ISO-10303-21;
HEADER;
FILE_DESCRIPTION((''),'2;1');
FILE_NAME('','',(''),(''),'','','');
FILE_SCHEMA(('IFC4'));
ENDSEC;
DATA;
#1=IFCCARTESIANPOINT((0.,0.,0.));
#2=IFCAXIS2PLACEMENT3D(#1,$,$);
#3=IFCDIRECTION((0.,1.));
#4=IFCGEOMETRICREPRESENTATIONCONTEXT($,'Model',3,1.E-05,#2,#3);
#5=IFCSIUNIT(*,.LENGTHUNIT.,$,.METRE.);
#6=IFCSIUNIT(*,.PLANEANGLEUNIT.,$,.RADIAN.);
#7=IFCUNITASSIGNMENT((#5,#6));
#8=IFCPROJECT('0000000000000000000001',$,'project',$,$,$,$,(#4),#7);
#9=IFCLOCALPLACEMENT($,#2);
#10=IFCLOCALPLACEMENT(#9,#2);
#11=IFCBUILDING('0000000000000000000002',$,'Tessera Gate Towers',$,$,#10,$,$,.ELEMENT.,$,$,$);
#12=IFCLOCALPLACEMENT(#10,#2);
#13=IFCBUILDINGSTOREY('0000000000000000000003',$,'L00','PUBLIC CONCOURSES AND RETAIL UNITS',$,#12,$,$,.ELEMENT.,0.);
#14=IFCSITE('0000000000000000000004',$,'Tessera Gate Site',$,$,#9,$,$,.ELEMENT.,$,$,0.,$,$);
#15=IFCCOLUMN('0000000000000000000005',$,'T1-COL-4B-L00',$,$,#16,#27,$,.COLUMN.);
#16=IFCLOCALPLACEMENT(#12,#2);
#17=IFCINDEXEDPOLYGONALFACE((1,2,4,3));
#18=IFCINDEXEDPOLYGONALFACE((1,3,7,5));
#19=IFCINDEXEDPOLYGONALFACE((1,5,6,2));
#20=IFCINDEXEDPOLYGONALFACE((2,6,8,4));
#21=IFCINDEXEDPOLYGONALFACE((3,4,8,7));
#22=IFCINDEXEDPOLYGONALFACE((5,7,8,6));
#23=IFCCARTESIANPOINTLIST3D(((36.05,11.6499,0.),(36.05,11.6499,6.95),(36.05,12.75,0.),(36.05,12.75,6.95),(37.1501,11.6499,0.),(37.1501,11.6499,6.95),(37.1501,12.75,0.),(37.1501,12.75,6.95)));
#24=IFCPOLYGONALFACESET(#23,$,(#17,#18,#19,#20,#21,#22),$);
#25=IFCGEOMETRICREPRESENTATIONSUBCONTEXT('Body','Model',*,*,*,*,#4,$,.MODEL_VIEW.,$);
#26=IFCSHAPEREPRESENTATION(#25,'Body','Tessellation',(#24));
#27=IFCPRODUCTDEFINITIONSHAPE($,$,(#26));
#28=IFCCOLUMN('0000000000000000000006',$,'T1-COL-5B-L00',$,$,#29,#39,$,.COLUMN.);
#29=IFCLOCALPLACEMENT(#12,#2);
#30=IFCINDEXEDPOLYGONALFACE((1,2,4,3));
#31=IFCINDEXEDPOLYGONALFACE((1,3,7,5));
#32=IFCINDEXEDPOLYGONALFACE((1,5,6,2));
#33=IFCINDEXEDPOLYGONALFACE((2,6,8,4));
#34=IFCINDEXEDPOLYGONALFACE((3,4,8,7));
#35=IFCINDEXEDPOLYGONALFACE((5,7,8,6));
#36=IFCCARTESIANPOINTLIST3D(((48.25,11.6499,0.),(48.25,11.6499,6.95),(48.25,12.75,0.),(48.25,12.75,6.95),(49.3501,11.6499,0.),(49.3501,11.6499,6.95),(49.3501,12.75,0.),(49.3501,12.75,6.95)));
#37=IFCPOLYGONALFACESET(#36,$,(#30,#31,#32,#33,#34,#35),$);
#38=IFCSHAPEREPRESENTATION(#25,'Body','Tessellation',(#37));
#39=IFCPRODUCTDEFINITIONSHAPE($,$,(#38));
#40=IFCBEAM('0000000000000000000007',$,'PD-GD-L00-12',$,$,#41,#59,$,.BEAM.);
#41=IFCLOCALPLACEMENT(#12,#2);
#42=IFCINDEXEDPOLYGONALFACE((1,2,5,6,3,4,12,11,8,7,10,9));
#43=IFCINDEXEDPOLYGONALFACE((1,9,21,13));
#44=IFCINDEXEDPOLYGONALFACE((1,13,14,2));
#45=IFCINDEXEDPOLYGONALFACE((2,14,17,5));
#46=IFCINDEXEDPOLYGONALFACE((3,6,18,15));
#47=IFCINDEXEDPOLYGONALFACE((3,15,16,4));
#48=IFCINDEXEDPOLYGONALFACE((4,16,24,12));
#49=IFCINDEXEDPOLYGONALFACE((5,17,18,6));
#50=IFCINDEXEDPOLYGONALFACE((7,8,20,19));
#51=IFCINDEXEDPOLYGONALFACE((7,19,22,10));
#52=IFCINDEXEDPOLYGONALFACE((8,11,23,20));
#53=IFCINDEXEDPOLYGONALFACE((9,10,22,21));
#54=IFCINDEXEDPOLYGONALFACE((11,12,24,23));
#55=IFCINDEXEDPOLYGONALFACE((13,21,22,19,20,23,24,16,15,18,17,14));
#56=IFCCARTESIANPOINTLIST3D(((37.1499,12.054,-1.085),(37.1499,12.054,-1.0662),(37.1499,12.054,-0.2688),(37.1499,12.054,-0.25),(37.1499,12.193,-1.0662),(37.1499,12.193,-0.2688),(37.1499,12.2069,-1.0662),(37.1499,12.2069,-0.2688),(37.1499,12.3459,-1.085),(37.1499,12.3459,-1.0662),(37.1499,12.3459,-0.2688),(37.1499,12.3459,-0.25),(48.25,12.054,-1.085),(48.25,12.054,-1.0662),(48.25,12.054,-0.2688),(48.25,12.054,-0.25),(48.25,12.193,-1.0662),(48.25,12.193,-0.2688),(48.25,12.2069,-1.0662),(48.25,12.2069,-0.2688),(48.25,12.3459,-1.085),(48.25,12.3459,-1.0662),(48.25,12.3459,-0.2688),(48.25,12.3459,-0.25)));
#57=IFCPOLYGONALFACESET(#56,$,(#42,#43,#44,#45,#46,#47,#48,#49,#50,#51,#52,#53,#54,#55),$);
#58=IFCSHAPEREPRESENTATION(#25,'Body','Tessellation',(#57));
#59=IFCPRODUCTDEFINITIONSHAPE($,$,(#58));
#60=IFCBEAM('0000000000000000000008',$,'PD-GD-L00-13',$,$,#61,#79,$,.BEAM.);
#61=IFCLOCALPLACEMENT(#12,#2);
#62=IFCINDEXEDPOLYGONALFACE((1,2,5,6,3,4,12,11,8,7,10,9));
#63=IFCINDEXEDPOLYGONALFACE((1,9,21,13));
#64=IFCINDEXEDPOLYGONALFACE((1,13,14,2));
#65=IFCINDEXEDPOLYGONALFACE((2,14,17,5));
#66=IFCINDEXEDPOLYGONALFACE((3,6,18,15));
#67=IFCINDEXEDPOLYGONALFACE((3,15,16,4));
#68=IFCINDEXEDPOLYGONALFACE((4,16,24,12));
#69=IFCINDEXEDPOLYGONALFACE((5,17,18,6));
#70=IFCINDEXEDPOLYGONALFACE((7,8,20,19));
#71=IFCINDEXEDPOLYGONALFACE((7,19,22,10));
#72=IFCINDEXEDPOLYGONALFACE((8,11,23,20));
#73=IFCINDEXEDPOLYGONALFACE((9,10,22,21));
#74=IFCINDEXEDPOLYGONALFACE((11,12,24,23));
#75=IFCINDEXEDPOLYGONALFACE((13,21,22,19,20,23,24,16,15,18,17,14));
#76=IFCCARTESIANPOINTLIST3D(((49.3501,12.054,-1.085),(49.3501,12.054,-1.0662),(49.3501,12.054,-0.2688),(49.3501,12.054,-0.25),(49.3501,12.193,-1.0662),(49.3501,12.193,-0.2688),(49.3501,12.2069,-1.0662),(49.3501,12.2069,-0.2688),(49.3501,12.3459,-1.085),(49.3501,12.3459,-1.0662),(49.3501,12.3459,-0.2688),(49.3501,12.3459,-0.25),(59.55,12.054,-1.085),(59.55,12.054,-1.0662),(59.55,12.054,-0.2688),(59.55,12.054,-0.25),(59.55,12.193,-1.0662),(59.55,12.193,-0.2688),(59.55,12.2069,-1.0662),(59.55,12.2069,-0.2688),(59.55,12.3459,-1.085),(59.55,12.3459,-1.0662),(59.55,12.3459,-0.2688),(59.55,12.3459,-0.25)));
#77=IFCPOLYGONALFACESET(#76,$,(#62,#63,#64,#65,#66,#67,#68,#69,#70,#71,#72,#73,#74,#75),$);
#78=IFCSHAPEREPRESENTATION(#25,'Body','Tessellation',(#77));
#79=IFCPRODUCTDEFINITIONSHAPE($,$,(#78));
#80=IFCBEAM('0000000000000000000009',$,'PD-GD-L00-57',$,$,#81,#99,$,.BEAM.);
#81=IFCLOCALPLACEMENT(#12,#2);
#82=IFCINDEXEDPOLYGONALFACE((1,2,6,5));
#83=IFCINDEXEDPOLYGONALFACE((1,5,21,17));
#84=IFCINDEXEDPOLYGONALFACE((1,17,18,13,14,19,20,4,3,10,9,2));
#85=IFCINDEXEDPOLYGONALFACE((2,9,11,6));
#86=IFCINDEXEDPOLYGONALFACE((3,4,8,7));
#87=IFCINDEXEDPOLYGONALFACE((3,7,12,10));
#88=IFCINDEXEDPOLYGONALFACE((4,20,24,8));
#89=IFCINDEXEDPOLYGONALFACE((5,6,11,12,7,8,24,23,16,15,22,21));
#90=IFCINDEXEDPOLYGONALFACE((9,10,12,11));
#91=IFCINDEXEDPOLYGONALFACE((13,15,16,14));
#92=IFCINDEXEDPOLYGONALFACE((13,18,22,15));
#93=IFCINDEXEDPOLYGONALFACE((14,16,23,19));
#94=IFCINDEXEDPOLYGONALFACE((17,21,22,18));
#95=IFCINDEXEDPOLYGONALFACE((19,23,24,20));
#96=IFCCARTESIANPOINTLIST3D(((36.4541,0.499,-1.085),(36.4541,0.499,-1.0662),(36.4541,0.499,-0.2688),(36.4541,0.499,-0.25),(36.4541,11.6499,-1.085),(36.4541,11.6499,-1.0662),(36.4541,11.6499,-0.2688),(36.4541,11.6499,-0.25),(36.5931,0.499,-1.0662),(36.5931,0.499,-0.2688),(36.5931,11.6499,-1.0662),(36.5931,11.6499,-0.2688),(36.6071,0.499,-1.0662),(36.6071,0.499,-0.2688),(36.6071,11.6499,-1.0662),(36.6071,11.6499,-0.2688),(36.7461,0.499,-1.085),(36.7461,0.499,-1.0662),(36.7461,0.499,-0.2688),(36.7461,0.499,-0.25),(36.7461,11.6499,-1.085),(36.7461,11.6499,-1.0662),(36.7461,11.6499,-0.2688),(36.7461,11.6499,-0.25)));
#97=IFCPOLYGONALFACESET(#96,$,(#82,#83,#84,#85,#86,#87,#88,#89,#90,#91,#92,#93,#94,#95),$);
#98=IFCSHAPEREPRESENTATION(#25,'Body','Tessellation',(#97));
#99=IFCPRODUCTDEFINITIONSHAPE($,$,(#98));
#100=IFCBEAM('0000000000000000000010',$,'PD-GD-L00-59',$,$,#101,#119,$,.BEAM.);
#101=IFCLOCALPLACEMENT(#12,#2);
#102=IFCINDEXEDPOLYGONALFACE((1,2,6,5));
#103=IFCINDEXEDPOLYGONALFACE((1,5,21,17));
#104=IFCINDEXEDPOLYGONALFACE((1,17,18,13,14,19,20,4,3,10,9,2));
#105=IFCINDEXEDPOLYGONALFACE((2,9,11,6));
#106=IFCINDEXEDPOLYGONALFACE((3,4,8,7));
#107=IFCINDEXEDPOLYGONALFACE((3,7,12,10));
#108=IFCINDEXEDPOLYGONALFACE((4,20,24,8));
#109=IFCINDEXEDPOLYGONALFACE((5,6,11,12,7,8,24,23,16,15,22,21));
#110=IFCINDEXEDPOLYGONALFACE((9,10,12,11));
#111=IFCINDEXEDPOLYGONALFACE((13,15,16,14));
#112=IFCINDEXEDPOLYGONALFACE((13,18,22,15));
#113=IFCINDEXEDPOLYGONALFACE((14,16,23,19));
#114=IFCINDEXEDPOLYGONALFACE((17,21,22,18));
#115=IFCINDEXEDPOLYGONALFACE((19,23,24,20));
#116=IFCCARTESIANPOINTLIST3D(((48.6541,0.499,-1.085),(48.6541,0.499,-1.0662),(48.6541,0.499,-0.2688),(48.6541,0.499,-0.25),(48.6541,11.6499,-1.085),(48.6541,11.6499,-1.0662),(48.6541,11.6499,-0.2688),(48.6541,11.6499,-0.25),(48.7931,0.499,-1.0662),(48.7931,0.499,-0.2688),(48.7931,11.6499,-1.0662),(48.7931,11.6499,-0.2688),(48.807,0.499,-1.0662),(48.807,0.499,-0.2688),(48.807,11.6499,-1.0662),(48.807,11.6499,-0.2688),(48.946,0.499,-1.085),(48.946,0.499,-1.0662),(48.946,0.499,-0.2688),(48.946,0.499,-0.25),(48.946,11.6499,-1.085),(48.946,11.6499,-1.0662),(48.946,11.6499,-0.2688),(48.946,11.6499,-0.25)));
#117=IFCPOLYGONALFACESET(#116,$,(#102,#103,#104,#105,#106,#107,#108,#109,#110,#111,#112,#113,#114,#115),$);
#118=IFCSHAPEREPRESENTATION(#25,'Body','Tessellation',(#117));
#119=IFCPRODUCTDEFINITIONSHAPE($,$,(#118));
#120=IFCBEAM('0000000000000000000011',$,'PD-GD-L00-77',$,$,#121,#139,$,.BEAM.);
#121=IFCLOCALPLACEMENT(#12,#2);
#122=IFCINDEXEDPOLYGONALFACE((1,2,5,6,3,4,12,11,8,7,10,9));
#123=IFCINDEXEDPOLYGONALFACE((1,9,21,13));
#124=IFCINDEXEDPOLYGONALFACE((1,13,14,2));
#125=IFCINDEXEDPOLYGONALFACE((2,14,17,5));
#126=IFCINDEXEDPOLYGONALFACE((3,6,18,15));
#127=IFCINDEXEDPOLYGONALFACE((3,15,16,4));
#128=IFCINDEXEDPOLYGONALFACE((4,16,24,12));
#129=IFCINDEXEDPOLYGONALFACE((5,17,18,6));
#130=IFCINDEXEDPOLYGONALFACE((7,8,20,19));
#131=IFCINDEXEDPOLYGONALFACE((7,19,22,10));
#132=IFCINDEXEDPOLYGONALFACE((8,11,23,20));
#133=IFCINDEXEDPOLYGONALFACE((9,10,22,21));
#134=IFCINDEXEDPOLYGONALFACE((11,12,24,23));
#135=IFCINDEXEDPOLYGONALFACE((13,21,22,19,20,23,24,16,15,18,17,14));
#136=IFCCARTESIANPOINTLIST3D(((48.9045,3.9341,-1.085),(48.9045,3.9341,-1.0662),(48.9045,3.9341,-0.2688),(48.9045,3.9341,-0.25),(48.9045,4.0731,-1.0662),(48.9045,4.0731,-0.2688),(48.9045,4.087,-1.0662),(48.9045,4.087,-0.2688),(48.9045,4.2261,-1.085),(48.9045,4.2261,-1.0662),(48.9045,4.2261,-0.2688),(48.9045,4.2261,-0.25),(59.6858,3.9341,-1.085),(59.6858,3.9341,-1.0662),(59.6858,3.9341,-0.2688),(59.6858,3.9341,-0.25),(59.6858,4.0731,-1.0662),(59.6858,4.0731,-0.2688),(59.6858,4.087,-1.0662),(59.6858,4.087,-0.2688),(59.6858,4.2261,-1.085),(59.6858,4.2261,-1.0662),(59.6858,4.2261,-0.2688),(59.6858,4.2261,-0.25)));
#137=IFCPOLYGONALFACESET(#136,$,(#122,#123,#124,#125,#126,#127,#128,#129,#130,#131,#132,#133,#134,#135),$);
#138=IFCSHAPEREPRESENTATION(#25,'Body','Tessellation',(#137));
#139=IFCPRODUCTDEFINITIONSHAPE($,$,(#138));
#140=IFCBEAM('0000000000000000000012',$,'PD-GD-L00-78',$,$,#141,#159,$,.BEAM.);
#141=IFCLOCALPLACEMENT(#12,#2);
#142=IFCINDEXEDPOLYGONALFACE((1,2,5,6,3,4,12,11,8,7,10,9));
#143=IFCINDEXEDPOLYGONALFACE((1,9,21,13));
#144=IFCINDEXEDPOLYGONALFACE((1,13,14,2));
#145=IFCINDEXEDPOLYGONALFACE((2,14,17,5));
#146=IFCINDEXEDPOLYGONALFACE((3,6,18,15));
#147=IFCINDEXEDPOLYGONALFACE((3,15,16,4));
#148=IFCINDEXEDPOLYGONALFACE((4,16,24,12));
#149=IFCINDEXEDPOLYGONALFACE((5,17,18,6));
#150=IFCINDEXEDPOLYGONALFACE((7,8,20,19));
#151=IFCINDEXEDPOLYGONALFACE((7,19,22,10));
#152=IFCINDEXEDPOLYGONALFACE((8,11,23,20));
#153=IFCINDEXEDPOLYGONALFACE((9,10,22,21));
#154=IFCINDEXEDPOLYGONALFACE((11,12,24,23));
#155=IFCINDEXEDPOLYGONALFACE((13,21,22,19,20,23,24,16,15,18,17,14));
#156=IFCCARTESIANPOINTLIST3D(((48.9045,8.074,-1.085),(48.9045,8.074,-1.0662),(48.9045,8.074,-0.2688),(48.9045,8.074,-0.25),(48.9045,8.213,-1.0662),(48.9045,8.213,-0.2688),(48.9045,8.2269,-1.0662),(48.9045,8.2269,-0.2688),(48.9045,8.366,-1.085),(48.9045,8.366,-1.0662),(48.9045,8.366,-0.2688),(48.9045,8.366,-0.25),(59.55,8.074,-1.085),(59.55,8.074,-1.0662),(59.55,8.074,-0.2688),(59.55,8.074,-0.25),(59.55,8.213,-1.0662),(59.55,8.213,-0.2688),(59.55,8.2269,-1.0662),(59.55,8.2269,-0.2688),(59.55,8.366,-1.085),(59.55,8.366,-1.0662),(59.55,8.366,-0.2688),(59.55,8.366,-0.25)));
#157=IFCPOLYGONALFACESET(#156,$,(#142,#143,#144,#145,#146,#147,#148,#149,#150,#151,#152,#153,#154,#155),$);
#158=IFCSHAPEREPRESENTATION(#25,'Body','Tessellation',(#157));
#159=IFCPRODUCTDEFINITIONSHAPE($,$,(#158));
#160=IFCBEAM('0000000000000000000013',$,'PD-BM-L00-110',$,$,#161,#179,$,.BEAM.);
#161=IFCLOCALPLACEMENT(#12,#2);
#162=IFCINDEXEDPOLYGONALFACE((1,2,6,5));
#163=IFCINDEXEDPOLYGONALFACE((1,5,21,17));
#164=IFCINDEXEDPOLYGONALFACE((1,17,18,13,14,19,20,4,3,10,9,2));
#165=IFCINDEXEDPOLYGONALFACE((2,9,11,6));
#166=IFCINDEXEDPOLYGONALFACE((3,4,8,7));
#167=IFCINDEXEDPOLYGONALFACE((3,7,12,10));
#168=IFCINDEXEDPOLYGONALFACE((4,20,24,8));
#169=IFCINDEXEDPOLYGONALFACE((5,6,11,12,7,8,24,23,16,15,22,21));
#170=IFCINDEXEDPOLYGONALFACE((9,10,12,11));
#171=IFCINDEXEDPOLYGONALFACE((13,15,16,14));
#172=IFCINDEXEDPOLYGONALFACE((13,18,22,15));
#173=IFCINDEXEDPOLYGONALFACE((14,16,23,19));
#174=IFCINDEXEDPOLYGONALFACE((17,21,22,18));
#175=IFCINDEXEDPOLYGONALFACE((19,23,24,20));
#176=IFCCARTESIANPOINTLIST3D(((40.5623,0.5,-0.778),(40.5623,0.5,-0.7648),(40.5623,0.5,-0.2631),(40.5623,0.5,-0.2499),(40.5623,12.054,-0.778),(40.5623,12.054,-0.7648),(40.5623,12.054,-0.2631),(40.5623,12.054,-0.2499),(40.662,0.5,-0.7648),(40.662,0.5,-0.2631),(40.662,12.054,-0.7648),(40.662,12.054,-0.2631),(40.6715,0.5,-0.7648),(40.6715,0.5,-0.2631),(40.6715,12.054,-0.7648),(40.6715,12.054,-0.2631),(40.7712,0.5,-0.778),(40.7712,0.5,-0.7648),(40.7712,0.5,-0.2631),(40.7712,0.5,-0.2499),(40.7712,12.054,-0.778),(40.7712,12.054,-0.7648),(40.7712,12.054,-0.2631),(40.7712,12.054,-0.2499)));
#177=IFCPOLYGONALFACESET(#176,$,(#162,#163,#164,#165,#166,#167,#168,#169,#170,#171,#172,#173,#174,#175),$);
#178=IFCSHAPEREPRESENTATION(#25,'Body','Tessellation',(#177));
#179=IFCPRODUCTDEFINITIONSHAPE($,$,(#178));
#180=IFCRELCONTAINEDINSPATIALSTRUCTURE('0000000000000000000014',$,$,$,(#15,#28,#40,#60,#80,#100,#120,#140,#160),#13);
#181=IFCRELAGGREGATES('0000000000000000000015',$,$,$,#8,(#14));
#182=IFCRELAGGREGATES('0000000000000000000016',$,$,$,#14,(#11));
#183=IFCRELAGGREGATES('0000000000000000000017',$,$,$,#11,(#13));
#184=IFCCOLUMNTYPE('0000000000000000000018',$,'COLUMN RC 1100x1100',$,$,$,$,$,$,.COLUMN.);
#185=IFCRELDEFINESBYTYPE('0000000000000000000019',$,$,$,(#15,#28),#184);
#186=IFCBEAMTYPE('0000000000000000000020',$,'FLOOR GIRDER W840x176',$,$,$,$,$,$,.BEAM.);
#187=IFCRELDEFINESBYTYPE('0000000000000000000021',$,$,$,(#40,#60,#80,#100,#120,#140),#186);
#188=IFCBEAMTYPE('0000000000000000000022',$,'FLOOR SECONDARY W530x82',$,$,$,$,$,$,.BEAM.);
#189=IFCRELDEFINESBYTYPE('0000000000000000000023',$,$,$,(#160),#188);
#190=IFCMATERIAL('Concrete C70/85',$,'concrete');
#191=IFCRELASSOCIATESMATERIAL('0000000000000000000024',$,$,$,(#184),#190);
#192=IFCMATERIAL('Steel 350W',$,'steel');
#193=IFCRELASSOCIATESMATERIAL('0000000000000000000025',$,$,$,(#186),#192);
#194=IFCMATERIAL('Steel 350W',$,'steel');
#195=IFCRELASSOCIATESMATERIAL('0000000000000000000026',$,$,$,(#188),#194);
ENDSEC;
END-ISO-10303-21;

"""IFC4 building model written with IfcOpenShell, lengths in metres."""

from ifc_helpers import new_model, si_unit, direction, frame, origin, origin_2d, place, context, subcontext, project, spatial, rectangle, i_section, extrude, material, material_profile, profile_set, type_object, element, save


model = new_model("IFC4")

# Units and contexts
model_context = context("Model", 3, precision=1e-05, world=origin(), true_north=direction((0.0, 1.0)))
body_context = subcontext(model_context, "Body", "Model", "MODEL_VIEW")
ifc_project = project(units=[si_unit("LENGTHUNIT", "METRE"), si_unit("PLANEANGLEUNIT", "RADIAN")], contexts=[model_context])

# Site, building, storey
site_placement = place(None, origin())
site = spatial("IfcSite", under=ifc_project, at=site_placement, Name="Tessera Gate Site", CompositionType="ELEMENT", RefElevation=0.0)
building_placement = place(site_placement, origin())
building = spatial("IfcBuilding", under=site, at=building_placement, Name="Tessera Gate Towers", CompositionType="ELEMENT")
storey_placement = place(building_placement, origin())
storey = spatial("IfcBuildingStorey", under=building, at=storey_placement, Name="L00", Description="PUBLIC CONCOURSES AND RETAIL UNITS", CompositionType="ELEMENT", Elevation=0.0)

# Columns
ifc_material_1 = material(Name="Concrete C70/85", Category="concrete")
ifc_material_profile_1 = material_profile(ifc_material_1, rectangle(XDim=1.1001, YDim=1.1001, at=origin_2d()), Name="RC 1100x1100")
ifc_profile_set_1 = profile_set([ifc_material_profile_1], Name="Concrete C70/85")
column_type = type_object("IfcColumnType", Name="COLUMN RC 1100x1100", PredefinedType="COLUMN", material=ifc_profile_set_1)
for number, where, z_axis, x_axis, name in (
    (1, (36.6001, 12.2, 0.0), (0.0, 0.0, 1.0), (1.0, 0.0, 0.0), "T1-COL-4B-L00"),
    (2, (48.8, 12.2, 0.0), (0.0, 0.0, 1.0), (1.0, 0.0, 0.0), "T1-COL-5B-L00"),
):
    element("IfcColumn", number, at=place(storey_placement, frame(where, z_axis=z_axis, x_axis=x_axis)), inside=storey, type_object=column_type, Name=name, PredefinedType="COLUMN", context=body_context, shape_type="SweptSolid", body=[
        extrude(rectangle(XDim=1.1001, YDim=1.1001, at=origin_2d()), origin(), (0.0, 0.0, 1.0), 6.95),
    ])

# Beams
ifc_material_2 = material(Name="Steel 350W", Category="steel")
ifc_material_profile_2 = material_profile(ifc_material_2, i_section(OverallWidth=0.292, OverallDepth=0.835, WebThickness=0.0139, FlangeThickness=0.0188, at=origin_2d()), Name="W840x176")
ifc_profile_set_2 = profile_set([ifc_material_profile_2], Name="Steel 350W")
beam_type_1 = type_object("IfcBeamType", Name="FLOOR GIRDER W840x176", PredefinedType="BEAM", material=ifc_profile_set_2)
beam_1_placement = place(storey_placement, frame((37.1499, 12.2, -0.6675), z_axis=(1.0, 0.0, 0.0), x_axis=(0.0, 1.0, 0.0)))
element("IfcBeam", 3, at=beam_1_placement, inside=storey, type_object=beam_type_1, Name="PD-GD-L00-12", PredefinedType="BEAM", context=body_context, shape_type="SweptSolid", body=[
    extrude(i_section(OverallWidth=0.292, OverallDepth=0.835, WebThickness=0.0139, FlangeThickness=0.0188, at=origin_2d()), origin(), (0.0, 0.0, 1.0), 11.1001),
])
beam_2_placement = place(storey_placement, frame((49.3501, 12.2, -0.6675), z_axis=(1.0, 0.0, 0.0), x_axis=(0.0, 1.0, 0.0)))
element("IfcBeam", 4, at=beam_2_placement, inside=storey, type_object=beam_type_1, Name="PD-GD-L00-13", PredefinedType="BEAM", context=body_context, shape_type="SweptSolid", body=[
    extrude(i_section(OverallWidth=0.292, OverallDepth=0.835, WebThickness=0.0139, FlangeThickness=0.0188, at=origin_2d()), origin(), (0.0, 0.0, 1.0), 10.2),
])
for number, where, z_axis, x_axis, name in (
    (5, (36.6001, 0.499, -0.6675), (0.0, 1.0, 0.0), (-1.0, 0.0, 0.0), "PD-GD-L00-57"),
    (6, (48.8, 0.499, -0.6675), (0.0, 1.0, 0.0), (-1.0, 0.0, 0.0), "PD-GD-L00-59"),
):
    element("IfcBeam", number, at=place(storey_placement, frame(where, z_axis=z_axis, x_axis=x_axis)), inside=storey, type_object=beam_type_1, Name=name, PredefinedType="BEAM", context=body_context, shape_type="SweptSolid", body=[
        extrude(i_section(OverallWidth=0.292, OverallDepth=0.835, WebThickness=0.0139, FlangeThickness=0.0188, at=origin_2d()), origin(), (0.0, 0.0, 1.0), 11.1509),
    ])
beam_3_placement = place(storey_placement, frame((48.9045, 4.0801, -0.6675), z_axis=(1.0, 0.0, 0.0), x_axis=(0.0, 1.0, 0.0)))
element("IfcBeam", 7, at=beam_3_placement, inside=storey, type_object=beam_type_1, Name="PD-GD-L00-77", PredefinedType="BEAM", context=body_context, shape_type="SweptSolid", body=[
    extrude(i_section(OverallWidth=0.292, OverallDepth=0.835, WebThickness=0.0139, FlangeThickness=0.0188, at=origin_2d()), origin(), (0.0, 0.0, 1.0), 10.7812),
])
beam_4_placement = place(storey_placement, frame((48.9045, 8.22, -0.6675), z_axis=(1.0, 0.0, 0.0), x_axis=(0.0, 1.0, 0.0)))
element("IfcBeam", 8, at=beam_4_placement, inside=storey, type_object=beam_type_1, Name="PD-GD-L00-78", PredefinedType="BEAM", context=body_context, shape_type="SweptSolid", body=[
    extrude(i_section(OverallWidth=0.292, OverallDepth=0.835, WebThickness=0.0139, FlangeThickness=0.0188, at=origin_2d()), origin(), (0.0, 0.0, 1.0), 10.6455),
])
ifc_material_3 = material(Name="Steel 350W", Category="steel")
ifc_material_profile_3 = material_profile(ifc_material_3, i_section(OverallWidth=0.209, OverallDepth=0.5281, WebThickness=0.0095, FlangeThickness=0.0132, at=origin_2d()), Name="W530x82")
ifc_profile_set_3 = profile_set([ifc_material_profile_3], Name="Steel 350W")
beam_type_2 = type_object("IfcBeamType", Name="FLOOR SECONDARY W530x82", PredefinedType="BEAM", material=ifc_profile_set_3)
beam_5_placement = place(storey_placement, frame((40.6667, 0.5, -0.5139), z_axis=(0.0, 1.0, 0.0), x_axis=(-1.0, 0.0, 0.0)))
element("IfcBeam", 9, at=beam_5_placement, inside=storey, type_object=beam_type_2, Name="PD-BM-L00-110", PredefinedType="BEAM", context=body_context, shape_type="SweptSolid", body=[
    extrude(i_section(OverallWidth=0.209, OverallDepth=0.5281, WebThickness=0.0095, FlangeThickness=0.0132, at=origin_2d()), origin(), (0.0, 0.0, 1.0), 11.554),
])

save(model, "model.ifc")
